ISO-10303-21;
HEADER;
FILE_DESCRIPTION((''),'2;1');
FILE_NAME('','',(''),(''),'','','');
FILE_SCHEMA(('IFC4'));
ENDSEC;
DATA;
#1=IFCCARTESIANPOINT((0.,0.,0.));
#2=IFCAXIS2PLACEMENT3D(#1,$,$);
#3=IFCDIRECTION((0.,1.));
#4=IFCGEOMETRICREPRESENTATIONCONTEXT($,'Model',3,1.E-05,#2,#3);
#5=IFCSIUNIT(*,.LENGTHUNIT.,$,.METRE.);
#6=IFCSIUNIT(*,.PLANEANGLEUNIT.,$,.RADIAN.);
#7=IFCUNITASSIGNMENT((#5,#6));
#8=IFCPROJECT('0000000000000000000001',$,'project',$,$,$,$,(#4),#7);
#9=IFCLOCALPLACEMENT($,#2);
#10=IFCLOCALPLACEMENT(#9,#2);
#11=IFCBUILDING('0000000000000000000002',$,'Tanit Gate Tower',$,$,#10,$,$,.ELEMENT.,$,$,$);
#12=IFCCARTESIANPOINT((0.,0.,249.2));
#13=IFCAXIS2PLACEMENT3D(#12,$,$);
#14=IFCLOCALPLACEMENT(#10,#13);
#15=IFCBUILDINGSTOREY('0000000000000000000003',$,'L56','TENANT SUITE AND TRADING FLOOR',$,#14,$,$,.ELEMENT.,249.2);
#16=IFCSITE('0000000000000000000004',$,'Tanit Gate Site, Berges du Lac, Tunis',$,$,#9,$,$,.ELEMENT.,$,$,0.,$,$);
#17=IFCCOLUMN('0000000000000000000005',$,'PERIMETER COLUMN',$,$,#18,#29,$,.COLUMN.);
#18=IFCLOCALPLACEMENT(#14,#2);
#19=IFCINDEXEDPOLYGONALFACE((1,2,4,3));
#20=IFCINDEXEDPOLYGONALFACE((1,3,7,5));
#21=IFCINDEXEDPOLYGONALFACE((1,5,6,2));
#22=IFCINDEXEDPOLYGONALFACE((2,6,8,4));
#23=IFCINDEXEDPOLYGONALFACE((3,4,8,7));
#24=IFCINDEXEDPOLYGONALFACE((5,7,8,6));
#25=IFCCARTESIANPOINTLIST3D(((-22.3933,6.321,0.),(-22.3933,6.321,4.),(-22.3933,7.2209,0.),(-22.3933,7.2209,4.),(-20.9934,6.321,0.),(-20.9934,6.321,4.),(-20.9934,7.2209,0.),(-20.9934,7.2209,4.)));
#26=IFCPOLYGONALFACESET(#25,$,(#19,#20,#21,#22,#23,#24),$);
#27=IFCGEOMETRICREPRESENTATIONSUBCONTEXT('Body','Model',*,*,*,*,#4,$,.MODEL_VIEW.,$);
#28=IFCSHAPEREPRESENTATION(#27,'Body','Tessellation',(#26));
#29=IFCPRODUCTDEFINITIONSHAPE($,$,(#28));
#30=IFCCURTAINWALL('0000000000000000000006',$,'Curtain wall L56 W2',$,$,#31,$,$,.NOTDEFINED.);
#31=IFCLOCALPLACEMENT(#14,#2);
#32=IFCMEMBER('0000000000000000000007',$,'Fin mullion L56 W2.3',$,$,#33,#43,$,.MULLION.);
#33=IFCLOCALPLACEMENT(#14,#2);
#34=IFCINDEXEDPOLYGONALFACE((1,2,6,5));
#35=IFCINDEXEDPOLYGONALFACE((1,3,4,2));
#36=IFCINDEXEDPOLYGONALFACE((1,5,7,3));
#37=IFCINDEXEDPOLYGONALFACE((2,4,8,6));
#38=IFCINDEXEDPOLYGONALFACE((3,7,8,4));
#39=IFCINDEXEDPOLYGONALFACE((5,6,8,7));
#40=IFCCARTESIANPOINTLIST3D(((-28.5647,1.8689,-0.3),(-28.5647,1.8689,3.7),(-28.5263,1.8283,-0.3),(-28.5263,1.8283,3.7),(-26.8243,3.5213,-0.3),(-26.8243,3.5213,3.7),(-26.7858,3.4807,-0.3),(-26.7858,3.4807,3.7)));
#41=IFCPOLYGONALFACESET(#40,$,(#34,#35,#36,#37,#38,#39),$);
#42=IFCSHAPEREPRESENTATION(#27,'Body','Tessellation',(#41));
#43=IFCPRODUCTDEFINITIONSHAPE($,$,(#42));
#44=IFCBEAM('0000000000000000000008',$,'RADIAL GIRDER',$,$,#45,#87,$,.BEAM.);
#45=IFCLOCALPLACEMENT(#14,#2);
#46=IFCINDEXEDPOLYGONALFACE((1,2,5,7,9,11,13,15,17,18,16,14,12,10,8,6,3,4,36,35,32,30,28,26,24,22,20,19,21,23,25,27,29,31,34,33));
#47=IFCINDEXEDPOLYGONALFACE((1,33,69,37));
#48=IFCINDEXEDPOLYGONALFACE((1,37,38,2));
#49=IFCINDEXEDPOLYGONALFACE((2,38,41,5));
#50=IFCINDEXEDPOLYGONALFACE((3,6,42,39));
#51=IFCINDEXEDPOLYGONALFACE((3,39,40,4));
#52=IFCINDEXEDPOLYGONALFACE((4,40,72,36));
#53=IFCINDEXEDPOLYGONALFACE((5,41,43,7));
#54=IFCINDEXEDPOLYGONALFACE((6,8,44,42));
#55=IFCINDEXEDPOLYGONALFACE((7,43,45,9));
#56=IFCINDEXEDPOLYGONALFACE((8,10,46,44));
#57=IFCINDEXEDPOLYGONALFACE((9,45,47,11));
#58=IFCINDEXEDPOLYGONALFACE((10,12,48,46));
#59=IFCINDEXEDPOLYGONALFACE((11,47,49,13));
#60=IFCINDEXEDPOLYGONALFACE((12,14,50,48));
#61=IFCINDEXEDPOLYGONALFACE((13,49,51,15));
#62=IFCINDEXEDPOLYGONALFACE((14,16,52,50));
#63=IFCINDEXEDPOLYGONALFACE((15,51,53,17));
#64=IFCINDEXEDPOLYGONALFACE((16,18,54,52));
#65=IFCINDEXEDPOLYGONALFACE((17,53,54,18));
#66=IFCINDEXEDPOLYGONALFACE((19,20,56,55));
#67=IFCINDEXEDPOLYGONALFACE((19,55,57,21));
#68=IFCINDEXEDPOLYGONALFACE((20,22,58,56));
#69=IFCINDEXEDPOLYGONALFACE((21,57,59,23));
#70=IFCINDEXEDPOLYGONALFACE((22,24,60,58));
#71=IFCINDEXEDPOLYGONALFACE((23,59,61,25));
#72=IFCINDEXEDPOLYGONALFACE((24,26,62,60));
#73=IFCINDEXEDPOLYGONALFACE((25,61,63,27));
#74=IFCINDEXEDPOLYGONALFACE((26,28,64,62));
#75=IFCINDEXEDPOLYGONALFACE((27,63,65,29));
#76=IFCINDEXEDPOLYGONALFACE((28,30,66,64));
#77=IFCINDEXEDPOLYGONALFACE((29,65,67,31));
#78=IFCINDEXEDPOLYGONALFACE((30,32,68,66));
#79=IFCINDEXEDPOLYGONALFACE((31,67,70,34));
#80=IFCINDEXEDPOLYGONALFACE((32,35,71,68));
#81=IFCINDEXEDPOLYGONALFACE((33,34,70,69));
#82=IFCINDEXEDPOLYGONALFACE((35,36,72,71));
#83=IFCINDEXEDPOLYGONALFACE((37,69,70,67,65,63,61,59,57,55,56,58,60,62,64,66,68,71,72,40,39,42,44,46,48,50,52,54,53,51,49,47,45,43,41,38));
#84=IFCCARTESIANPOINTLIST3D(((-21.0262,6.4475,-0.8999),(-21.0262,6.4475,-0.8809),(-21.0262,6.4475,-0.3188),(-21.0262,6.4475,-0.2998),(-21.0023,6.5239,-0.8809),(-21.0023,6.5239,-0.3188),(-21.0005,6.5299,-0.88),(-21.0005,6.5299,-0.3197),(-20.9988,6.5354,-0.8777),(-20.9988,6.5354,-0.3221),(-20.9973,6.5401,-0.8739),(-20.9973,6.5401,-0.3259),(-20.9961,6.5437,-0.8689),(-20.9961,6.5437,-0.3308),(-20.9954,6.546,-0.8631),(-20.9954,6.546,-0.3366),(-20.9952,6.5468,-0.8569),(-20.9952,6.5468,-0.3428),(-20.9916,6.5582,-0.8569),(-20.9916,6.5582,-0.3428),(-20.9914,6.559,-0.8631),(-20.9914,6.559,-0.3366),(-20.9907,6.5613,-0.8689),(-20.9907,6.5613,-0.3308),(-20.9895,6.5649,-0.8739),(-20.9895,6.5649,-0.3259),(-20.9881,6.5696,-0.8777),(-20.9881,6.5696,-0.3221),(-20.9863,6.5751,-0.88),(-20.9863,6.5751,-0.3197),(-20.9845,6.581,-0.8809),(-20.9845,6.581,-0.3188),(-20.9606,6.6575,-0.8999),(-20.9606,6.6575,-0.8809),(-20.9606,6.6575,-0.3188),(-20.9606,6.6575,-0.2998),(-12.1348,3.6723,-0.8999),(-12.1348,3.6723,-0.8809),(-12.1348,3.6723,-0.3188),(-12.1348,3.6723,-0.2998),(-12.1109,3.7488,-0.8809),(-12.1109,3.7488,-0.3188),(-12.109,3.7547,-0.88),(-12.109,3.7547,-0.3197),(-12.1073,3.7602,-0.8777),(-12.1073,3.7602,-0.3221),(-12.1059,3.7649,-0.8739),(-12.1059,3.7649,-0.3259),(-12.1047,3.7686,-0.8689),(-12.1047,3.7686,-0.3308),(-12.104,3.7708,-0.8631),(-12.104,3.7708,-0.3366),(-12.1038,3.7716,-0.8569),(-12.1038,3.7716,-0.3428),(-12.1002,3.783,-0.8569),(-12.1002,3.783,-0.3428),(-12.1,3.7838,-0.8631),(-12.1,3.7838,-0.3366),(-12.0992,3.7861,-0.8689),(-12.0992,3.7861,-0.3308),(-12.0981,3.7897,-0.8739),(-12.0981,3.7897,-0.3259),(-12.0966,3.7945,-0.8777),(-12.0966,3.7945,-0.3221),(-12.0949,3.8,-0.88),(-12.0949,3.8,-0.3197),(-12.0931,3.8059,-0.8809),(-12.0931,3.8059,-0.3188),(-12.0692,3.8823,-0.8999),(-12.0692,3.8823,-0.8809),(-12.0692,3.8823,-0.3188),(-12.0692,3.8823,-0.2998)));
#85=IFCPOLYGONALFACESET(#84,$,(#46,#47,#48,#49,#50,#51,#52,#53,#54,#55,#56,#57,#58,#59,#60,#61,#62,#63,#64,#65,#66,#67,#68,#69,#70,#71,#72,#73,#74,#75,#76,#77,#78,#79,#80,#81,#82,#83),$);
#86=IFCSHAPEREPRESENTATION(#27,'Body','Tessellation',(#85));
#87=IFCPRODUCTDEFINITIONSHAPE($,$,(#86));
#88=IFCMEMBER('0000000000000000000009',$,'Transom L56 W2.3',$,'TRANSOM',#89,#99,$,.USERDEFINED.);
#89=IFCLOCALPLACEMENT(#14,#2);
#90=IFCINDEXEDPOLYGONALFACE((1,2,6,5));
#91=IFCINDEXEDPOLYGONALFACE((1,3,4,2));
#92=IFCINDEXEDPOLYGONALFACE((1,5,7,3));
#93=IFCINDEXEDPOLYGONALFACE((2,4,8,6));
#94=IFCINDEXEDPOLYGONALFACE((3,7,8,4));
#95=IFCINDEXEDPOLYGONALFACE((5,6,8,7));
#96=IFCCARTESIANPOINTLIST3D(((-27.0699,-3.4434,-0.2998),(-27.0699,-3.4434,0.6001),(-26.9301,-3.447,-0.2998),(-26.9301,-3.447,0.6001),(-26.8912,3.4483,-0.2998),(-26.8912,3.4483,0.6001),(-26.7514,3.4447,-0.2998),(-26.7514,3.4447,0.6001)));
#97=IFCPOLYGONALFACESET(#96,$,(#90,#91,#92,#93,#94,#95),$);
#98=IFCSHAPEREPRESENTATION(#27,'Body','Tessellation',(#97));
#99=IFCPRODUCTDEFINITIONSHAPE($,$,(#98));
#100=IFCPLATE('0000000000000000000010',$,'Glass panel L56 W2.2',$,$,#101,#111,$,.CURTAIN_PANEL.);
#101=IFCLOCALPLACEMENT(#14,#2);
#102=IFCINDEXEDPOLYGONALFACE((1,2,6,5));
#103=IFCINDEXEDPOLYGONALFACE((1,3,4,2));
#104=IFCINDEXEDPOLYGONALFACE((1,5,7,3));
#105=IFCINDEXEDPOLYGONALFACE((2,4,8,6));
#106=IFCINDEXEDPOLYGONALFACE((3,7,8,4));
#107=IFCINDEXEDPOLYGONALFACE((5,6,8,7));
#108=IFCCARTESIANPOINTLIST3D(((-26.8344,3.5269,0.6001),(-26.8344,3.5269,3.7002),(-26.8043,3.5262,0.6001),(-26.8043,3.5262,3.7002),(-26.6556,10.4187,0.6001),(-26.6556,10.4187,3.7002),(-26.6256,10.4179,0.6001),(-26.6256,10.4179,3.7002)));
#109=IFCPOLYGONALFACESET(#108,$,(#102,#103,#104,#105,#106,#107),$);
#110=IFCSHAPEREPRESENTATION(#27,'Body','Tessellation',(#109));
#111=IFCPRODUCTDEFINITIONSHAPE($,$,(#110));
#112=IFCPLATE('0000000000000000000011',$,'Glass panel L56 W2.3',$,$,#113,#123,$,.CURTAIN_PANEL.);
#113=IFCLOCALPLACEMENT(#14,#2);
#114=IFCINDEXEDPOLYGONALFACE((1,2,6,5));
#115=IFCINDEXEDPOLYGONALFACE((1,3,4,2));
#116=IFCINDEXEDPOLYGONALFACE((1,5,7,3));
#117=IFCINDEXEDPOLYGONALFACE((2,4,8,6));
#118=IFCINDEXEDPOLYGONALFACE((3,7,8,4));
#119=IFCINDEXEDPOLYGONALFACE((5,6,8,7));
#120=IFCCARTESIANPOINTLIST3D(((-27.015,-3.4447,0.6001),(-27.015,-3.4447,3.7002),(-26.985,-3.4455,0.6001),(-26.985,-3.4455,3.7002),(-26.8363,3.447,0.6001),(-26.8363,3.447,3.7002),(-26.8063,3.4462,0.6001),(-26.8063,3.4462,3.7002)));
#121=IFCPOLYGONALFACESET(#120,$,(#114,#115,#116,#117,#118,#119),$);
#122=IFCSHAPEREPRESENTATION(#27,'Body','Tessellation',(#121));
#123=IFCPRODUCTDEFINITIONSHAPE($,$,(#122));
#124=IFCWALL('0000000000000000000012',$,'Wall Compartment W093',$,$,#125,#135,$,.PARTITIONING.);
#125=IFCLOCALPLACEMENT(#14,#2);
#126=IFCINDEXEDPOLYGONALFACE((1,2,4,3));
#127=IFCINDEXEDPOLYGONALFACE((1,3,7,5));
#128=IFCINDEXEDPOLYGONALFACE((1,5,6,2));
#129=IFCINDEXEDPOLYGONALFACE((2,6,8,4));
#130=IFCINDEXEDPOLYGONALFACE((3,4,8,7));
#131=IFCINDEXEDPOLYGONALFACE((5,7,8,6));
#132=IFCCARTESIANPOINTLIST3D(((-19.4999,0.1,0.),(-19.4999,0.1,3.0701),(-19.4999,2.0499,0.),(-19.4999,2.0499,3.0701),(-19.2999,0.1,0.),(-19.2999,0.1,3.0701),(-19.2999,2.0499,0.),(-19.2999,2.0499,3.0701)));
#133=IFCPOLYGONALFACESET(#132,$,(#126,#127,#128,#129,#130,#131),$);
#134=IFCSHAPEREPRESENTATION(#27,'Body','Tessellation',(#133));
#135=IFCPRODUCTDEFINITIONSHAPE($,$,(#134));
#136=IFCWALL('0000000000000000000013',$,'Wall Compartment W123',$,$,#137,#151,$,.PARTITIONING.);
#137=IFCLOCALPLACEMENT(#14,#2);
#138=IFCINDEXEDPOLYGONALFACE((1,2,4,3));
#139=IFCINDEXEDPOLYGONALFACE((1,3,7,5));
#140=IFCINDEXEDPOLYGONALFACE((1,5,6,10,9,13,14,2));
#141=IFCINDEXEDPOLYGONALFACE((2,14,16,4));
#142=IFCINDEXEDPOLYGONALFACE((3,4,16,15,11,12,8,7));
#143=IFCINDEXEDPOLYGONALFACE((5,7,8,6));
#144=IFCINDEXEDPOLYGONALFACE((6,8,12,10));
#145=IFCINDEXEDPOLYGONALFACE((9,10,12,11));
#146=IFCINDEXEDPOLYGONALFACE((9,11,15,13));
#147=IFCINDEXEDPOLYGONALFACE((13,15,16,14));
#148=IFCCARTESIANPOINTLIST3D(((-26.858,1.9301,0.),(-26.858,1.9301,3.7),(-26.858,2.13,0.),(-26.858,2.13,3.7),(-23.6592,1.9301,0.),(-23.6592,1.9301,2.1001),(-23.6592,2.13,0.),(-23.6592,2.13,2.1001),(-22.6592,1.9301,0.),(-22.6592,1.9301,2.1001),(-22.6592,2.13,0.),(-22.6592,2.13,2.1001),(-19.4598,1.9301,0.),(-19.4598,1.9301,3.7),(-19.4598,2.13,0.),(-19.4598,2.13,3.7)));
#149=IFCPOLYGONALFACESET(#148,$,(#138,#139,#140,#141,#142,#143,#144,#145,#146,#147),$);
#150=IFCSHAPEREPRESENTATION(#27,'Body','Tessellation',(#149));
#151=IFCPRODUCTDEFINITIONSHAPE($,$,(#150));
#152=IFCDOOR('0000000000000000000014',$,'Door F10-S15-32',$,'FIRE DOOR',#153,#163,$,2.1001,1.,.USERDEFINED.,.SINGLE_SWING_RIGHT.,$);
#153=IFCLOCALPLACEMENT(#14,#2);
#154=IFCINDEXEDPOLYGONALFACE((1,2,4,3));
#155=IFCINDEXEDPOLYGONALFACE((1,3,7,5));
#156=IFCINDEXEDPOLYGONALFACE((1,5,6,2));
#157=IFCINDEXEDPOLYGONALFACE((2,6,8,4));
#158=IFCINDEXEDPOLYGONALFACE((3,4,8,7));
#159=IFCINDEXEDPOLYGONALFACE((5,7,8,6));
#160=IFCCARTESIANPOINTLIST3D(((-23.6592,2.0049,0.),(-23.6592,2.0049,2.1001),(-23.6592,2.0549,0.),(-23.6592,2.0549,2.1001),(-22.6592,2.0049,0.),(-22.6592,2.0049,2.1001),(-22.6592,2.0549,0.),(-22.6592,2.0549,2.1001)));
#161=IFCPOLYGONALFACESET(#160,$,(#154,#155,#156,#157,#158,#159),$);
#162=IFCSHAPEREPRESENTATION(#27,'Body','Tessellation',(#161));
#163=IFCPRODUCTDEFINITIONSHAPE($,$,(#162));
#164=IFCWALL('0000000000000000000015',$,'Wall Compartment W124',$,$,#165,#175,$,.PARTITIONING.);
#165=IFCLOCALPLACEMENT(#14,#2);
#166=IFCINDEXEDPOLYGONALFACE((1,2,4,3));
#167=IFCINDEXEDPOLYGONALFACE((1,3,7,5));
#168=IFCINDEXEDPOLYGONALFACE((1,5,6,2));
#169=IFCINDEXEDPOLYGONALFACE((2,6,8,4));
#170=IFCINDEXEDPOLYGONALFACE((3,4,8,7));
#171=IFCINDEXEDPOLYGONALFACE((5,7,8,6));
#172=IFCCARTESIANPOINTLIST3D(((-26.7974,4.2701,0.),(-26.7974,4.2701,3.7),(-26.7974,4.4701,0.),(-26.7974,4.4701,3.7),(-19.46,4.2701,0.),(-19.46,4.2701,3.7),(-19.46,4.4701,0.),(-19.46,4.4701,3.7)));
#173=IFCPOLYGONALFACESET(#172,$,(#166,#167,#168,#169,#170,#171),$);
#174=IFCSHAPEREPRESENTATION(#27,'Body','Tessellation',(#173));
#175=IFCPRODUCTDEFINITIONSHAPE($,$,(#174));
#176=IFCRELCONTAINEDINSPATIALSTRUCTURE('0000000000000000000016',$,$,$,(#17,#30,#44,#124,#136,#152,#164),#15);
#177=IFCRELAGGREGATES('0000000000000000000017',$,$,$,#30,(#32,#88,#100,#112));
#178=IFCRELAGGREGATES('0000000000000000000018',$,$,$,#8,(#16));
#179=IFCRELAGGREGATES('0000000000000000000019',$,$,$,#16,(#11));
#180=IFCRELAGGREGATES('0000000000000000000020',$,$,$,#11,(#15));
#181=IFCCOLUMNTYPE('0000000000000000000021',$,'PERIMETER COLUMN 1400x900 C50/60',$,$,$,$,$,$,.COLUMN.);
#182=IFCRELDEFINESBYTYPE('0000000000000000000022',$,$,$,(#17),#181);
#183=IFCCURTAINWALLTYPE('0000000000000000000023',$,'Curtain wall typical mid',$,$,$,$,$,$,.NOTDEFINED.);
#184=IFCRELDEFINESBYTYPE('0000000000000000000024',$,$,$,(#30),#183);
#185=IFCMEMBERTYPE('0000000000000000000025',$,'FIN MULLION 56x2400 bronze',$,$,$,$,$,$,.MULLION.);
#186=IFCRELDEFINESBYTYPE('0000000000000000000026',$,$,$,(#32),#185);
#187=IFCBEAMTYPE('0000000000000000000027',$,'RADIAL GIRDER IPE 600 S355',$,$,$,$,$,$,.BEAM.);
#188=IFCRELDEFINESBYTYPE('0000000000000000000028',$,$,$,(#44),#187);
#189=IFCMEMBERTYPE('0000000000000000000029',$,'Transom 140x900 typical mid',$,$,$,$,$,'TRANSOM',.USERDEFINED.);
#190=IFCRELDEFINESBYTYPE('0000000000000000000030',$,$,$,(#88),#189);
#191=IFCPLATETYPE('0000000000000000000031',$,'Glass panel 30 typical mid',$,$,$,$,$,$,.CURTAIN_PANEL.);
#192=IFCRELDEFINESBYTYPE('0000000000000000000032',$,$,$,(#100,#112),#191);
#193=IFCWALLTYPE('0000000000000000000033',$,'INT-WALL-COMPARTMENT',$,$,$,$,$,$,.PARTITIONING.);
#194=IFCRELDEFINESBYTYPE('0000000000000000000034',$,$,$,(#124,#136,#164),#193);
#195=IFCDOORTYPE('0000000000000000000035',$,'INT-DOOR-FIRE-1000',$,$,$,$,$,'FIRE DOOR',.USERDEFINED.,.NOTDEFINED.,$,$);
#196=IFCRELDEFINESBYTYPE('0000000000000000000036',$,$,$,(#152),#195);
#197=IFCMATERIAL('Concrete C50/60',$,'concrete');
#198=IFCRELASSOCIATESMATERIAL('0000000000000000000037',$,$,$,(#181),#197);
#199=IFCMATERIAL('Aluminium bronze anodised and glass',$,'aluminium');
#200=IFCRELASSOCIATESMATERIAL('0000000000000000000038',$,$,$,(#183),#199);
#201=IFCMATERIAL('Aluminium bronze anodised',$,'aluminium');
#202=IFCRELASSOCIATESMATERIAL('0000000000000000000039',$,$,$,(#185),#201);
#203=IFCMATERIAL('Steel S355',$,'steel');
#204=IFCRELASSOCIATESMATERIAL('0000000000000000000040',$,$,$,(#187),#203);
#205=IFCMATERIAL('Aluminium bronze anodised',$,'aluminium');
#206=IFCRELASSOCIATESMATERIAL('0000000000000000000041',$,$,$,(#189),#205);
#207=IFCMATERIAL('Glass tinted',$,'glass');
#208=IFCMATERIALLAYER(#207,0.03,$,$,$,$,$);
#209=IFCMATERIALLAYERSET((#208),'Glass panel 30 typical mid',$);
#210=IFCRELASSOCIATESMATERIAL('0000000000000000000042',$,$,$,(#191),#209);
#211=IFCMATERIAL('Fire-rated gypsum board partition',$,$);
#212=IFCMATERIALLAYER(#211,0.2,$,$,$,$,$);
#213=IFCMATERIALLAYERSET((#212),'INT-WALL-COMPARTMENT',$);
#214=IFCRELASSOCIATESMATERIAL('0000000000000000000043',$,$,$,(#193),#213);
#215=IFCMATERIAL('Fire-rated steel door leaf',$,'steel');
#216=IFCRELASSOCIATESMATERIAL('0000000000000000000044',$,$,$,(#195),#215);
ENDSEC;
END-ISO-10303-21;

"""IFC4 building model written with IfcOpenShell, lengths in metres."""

from ifc_helpers import new_model, si_unit, direction, frame, frame_2d, origin, origin_2d, place, context, subcontext, project, spatial, rectangle, i_section, extrude, material, layer, layer_set, material_profile, profile_set, type_object, element, fill, aggregate, save


model = new_model("IFC4")

# Units and contexts
model_context = context("Model", 3, precision=1e-05, world=origin(), true_north=direction((0.0, 1.0)))
body_context = subcontext(model_context, "Body", "Model", "MODEL_VIEW")
ifc_project = project(units=[si_unit("LENGTHUNIT", "METRE"), si_unit("PLANEANGLEUNIT", "RADIAN")], contexts=[model_context])

# Site, building, storey
site_placement = place(None, origin())
site = spatial("IfcSite", under=ifc_project, at=site_placement, Name="Tanit Gate Site, Berges du Lac, Tunis", CompositionType="ELEMENT", RefElevation=0.0)
building_placement = place(site_placement, origin())
building = spatial("IfcBuilding", under=site, at=building_placement, Name="Tanit Gate Tower", CompositionType="ELEMENT")
storey_placement = place(building_placement, frame((0.0, 0.0, 249.2)))
storey = spatial("IfcBuildingStorey", under=building, at=storey_placement, Name="L56", Description="TENANT SUITE AND TRADING FLOOR", CompositionType="ELEMENT", Elevation=249.2)

# Column
ifc_material_1 = material(Name="Concrete C50/60", Category="concrete")
ifc_material_profile_1 = material_profile(ifc_material_1, rectangle(XDim=1.3999, YDim=0.8999, at=origin_2d()), Name="RC 1400x900")
ifc_profile_set_1 = profile_set([ifc_material_profile_1], Name="Concrete C50/60")
column_type = type_object("IfcColumnType", Name="PERIMETER COLUMN 1400x900 C50/60", PredefinedType="COLUMN", material=ifc_profile_set_1)
column_placement = place(storey_placement, frame((-21.6934, 6.771, 0.0), z_axis=(0.0, 0.0, 1.0), x_axis=(-1.0, 0.0, 0.0)))
element("IfcColumn", 1, at=column_placement, inside=storey, type_object=column_type, Name="PERIMETER COLUMN", PredefinedType="COLUMN", context=body_context, shape_type="SweptSolid", body=[
    extrude(rectangle(XDim=1.3999, YDim=0.8999, at=origin_2d()), origin(), (0.0, 0.0, 1.0), 4.0),
])

# Curtain wall, member
ifc_material_2 = material(Name="Aluminium bronze anodised and glass", Category="aluminium")
curtain_wall_type = type_object("IfcCurtainWallType", Name="Curtain wall typical mid", PredefinedType="NOTDEFINED", material=ifc_material_2)
curtain_wall_placement = place(storey_placement, origin())
curtain_wall = element("IfcCurtainWall", 2, at=curtain_wall_placement, inside=storey, type_object=curtain_wall_type, Name="Curtain wall L56 W2", PredefinedType="NOTDEFINED")
ifc_material_3 = material(Name="Aluminium bronze anodised", Category="aluminium")
ifc_material_profile_2 = material_profile(ifc_material_3, rectangle(XDim=2.3999, YDim=0.0559, at=origin_2d()), Name="56x2400 bronze fin mullion")
ifc_profile_set_2 = profile_set([ifc_material_profile_2], Name="Aluminium bronze anodised")
member_type_1 = type_object("IfcMemberType", Name="FIN MULLION 56x2400 bronze", PredefinedType="MULLION", material=ifc_profile_set_2)
member_1_placement = place(storey_placement, frame((-27.6753, 2.6748, -0.3), z_axis=(0.0, 0.0, 1.0), x_axis=(0.7252, 0.688538, 0.0)))
member_1 = element("IfcMember", 3, at=member_1_placement, type_object=member_type_1, Name="Fin mullion L56 W2.3", PredefinedType="MULLION", context=body_context, shape_type="SweptSolid", body=[
    extrude(rectangle(XDim=2.3999, YDim=0.0559, at=origin_2d()), origin(), (0.0, 0.0, 1.0), 4.0),
])

# Beam
ifc_material_4 = material(Name="Steel S355", Category="steel")
ifc_material_profile_3 = material_profile(ifc_material_4, i_section(OverallWidth=0.22, OverallDepth=0.6001, WebThickness=0.012, FlangeThickness=0.019, FilletRadius=0.0239, at=origin_2d()), Name="IPE 600")
ifc_profile_set_3 = profile_set([ifc_material_profile_3], Name="Steel S355")
beam_type = type_object("IfcBeamType", Name="RADIAL GIRDER IPE 600 S355", PredefinedType="BEAM", material=ifc_profile_set_3)
beam_placement = place(storey_placement, frame((-20.9934, 6.5525, -0.5999), z_axis=(0.954584, -0.297942, 0.0), x_axis=(0.297942, 0.954584, 0.0)))
element("IfcBeam", 4, at=beam_placement, inside=storey, type_object=beam_type, Name="RADIAL GIRDER", PredefinedType="BEAM", context=body_context, shape_type="SweptSolid", body=[
    extrude(i_section(OverallWidth=0.22, OverallDepth=0.6001, WebThickness=0.012, FlangeThickness=0.019, FilletRadius=0.0239, at=origin_2d()), origin(), (0.0, 0.0, 1.0), 9.3145),
])

# Member
ifc_material_5 = material(Name="Aluminium bronze anodised", Category="aluminium")
ifc_material_profile_4 = material_profile(ifc_material_5, rectangle(XDim=0.1399, YDim=0.8999, at=origin_2d()), Name="140x900 bronze transom")
ifc_profile_set_4 = profile_set([ifc_material_profile_4], Name="Aluminium bronze anodised")
member_type_2 = type_object("IfcMemberType", Name="Transom 140x900 typical mid", ElementType="TRANSOM", PredefinedType="USERDEFINED", material=ifc_profile_set_4)
member_2_placement = place(storey_placement, frame((-26.8213, 3.4465, 0.1501), z_axis=(-0.025922, -0.999664, 0.0), x_axis=(0.999664, -0.025922, 0.0)))
member_2 = element("IfcMember", 5, at=member_2_placement, type_object=member_type_2, Name="Transom L56 W2.3", ObjectType="TRANSOM", PredefinedType="USERDEFINED", context=body_context, shape_type="SweptSolid", body=[
    extrude(rectangle(XDim=0.1399, YDim=0.8999, at=origin_2d()), origin(), (0.0, 0.0, 1.0), 6.894),
])

# Plates
ifc_material_6 = material(Name="Glass tinted", Category="glass")
ifc_layer_1 = layer(ifc_material_6, 0.03)
ifc_layer_set_1 = layer_set([ifc_layer_1], Name="Glass panel 30 typical mid")
plate_type = type_object("IfcPlateType", Name="Glass panel 30 typical mid", PredefinedType="CURTAIN_PANEL", material=ifc_layer_set_1)
plate_1_placement = place(storey_placement, frame((-26.73, 6.9724, 0.6001), z_axis=(0.0, 0.0, 1.0), x_axis=(-0.025924, -0.999664, 0.0)))
plate_1 = element("IfcPlate", 6, at=plate_1_placement, type_object=plate_type, Name="Glass panel L56 W2.2", PredefinedType="CURTAIN_PANEL", context=body_context, shape_type="SweptSolid", body=[
    extrude(rectangle(XDim=6.894, YDim=0.03, at=origin_2d()), origin(), (0.0, 0.0, 1.0), 3.1001),
])
plate_2_placement = place(storey_placement, frame((-26.9106, 0.0007, 0.6001), z_axis=(0.0, 0.0, 1.0), x_axis=(-0.025924, -0.999664, 0.0)))
plate_2 = element("IfcPlate", 7, at=plate_2_placement, type_object=plate_type, Name="Glass panel L56 W2.3", PredefinedType="CURTAIN_PANEL", context=body_context, shape_type="SweptSolid", body=[
    extrude(rectangle(XDim=6.894, YDim=0.03, at=origin_2d()), origin(), (0.0, 0.0, 1.0), 3.1001),
])
aggregate(curtain_wall, [member_1, member_2, plate_1, plate_2])

# Wall
ifc_material_7 = material(Name="Fire-rated gypsum board partition")
ifc_layer_2 = layer(ifc_material_7, 0.2)
ifc_layer_set_2 = layer_set([ifc_layer_2], Name="INT-WALL-COMPARTMENT")
wall_type_1 = type_object("IfcWallType", Name="INT-WALL-COMPARTMENT", PredefinedType="PARTITIONING", material=ifc_layer_set_2)
wall_1_placement = place(storey_placement, frame((-19.3999, 2.05, 0.0), z_axis=(0.0, 0.0, 1.0), x_axis=(0.0, -1.0, 0.0)))
element("IfcWall", 8, at=wall_1_placement, inside=storey, type_object=wall_type_1, Name="Wall Compartment W093", PredefinedType="PARTITIONING", context=body_context, shape_type="SweptSolid", body=[
    extrude(rectangle(XDim=1.95, YDim=0.2, at=frame_2d((0.9751, 0.0))), origin(), (0.0, 0.0, 1.0), 3.0701),
])

# Wall, opening, door
wall_2_placement = place(storey_placement, frame((-26.8582, 2.03, 0.0), z_axis=(0.0, 0.0, 1.0), x_axis=(1.0, 0.0, 0.0)))
wall_2 = element("IfcWall", 9, at=wall_2_placement, inside=storey, type_object=wall_type_1, Name="Wall Compartment W123", PredefinedType="PARTITIONING", context=body_context, shape_type="SweptSolid", body=[
    extrude(rectangle(XDim=7.3982, YDim=0.2, at=frame_2d((3.6992, 0.0))), origin(), (0.0, 0.0, 1.0), 3.7),
])
opening_1_placement = place(wall_2_placement, frame((3.199, 0.0, 0.0)))
opening_1 = element("IfcOpeningElement", 10, at=opening_1_placement, cuts=wall_2, PredefinedType="OPENING", context=body_context, shape_type="SweptSolid", body=[
    extrude(rectangle(XDim=1.0, YDim=2.1001, at=frame_2d((0.5, 1.05))), frame((0.0, 0.1099, 0.0), z_axis=(0.0, -1.0, 0.0), x_axis=(1.0, 0.0, 0.0)), (0.0, 0.0, 1.0), 0.22),
])
ifc_material_8 = material(Name="Fire-rated steel door leaf", Category="steel")
door_type_1 = type_object("IfcDoorType", Name="INT-DOOR-FIRE-1000", ElementType="FIRE DOOR", OperationType="NOTDEFINED", PredefinedType="USERDEFINED", material=ifc_material_8)
door_1_placement = place(opening_1_placement, origin())
door_1 = element("IfcDoor", 11, at=door_1_placement, inside=storey, type_object=door_type_1, Name="Door F10-S15-32", ObjectType="FIRE DOOR", OperationType="SINGLE_SWING_RIGHT", OverallHeight=2.1001, OverallWidth=1.0, PredefinedType="USERDEFINED", context=body_context, shape_type="SweptSolid", body=[
    extrude(rectangle(XDim=1.0, YDim=2.1001, at=frame_2d((0.5, 1.05))), frame((0.0, 0.0249, 0.0), z_axis=(0.0, -1.0, 0.0), x_axis=(1.0, 0.0, 0.0)), (0.0, 0.0, 1.0), 0.05),
])
fill(opening_1, door_1)

# Wall
wall_3_placement = place(storey_placement, frame((-19.46, 4.3701, 0.0), z_axis=(0.0, 0.0, 1.0), x_axis=(-1.0, 0.0, 0.0)))
element("IfcWall", 12, at=wall_3_placement, inside=storey, type_object=wall_type_1, Name="Wall Compartment W124", PredefinedType="PARTITIONING", context=body_context, shape_type="SweptSolid", body=[
    extrude(rectangle(XDim=7.3374, YDim=0.2, at=frame_2d((3.6687, 0.0))), origin(), (0.0, 0.0, 1.0), 3.7),
])

save(model, "model.ifc")
